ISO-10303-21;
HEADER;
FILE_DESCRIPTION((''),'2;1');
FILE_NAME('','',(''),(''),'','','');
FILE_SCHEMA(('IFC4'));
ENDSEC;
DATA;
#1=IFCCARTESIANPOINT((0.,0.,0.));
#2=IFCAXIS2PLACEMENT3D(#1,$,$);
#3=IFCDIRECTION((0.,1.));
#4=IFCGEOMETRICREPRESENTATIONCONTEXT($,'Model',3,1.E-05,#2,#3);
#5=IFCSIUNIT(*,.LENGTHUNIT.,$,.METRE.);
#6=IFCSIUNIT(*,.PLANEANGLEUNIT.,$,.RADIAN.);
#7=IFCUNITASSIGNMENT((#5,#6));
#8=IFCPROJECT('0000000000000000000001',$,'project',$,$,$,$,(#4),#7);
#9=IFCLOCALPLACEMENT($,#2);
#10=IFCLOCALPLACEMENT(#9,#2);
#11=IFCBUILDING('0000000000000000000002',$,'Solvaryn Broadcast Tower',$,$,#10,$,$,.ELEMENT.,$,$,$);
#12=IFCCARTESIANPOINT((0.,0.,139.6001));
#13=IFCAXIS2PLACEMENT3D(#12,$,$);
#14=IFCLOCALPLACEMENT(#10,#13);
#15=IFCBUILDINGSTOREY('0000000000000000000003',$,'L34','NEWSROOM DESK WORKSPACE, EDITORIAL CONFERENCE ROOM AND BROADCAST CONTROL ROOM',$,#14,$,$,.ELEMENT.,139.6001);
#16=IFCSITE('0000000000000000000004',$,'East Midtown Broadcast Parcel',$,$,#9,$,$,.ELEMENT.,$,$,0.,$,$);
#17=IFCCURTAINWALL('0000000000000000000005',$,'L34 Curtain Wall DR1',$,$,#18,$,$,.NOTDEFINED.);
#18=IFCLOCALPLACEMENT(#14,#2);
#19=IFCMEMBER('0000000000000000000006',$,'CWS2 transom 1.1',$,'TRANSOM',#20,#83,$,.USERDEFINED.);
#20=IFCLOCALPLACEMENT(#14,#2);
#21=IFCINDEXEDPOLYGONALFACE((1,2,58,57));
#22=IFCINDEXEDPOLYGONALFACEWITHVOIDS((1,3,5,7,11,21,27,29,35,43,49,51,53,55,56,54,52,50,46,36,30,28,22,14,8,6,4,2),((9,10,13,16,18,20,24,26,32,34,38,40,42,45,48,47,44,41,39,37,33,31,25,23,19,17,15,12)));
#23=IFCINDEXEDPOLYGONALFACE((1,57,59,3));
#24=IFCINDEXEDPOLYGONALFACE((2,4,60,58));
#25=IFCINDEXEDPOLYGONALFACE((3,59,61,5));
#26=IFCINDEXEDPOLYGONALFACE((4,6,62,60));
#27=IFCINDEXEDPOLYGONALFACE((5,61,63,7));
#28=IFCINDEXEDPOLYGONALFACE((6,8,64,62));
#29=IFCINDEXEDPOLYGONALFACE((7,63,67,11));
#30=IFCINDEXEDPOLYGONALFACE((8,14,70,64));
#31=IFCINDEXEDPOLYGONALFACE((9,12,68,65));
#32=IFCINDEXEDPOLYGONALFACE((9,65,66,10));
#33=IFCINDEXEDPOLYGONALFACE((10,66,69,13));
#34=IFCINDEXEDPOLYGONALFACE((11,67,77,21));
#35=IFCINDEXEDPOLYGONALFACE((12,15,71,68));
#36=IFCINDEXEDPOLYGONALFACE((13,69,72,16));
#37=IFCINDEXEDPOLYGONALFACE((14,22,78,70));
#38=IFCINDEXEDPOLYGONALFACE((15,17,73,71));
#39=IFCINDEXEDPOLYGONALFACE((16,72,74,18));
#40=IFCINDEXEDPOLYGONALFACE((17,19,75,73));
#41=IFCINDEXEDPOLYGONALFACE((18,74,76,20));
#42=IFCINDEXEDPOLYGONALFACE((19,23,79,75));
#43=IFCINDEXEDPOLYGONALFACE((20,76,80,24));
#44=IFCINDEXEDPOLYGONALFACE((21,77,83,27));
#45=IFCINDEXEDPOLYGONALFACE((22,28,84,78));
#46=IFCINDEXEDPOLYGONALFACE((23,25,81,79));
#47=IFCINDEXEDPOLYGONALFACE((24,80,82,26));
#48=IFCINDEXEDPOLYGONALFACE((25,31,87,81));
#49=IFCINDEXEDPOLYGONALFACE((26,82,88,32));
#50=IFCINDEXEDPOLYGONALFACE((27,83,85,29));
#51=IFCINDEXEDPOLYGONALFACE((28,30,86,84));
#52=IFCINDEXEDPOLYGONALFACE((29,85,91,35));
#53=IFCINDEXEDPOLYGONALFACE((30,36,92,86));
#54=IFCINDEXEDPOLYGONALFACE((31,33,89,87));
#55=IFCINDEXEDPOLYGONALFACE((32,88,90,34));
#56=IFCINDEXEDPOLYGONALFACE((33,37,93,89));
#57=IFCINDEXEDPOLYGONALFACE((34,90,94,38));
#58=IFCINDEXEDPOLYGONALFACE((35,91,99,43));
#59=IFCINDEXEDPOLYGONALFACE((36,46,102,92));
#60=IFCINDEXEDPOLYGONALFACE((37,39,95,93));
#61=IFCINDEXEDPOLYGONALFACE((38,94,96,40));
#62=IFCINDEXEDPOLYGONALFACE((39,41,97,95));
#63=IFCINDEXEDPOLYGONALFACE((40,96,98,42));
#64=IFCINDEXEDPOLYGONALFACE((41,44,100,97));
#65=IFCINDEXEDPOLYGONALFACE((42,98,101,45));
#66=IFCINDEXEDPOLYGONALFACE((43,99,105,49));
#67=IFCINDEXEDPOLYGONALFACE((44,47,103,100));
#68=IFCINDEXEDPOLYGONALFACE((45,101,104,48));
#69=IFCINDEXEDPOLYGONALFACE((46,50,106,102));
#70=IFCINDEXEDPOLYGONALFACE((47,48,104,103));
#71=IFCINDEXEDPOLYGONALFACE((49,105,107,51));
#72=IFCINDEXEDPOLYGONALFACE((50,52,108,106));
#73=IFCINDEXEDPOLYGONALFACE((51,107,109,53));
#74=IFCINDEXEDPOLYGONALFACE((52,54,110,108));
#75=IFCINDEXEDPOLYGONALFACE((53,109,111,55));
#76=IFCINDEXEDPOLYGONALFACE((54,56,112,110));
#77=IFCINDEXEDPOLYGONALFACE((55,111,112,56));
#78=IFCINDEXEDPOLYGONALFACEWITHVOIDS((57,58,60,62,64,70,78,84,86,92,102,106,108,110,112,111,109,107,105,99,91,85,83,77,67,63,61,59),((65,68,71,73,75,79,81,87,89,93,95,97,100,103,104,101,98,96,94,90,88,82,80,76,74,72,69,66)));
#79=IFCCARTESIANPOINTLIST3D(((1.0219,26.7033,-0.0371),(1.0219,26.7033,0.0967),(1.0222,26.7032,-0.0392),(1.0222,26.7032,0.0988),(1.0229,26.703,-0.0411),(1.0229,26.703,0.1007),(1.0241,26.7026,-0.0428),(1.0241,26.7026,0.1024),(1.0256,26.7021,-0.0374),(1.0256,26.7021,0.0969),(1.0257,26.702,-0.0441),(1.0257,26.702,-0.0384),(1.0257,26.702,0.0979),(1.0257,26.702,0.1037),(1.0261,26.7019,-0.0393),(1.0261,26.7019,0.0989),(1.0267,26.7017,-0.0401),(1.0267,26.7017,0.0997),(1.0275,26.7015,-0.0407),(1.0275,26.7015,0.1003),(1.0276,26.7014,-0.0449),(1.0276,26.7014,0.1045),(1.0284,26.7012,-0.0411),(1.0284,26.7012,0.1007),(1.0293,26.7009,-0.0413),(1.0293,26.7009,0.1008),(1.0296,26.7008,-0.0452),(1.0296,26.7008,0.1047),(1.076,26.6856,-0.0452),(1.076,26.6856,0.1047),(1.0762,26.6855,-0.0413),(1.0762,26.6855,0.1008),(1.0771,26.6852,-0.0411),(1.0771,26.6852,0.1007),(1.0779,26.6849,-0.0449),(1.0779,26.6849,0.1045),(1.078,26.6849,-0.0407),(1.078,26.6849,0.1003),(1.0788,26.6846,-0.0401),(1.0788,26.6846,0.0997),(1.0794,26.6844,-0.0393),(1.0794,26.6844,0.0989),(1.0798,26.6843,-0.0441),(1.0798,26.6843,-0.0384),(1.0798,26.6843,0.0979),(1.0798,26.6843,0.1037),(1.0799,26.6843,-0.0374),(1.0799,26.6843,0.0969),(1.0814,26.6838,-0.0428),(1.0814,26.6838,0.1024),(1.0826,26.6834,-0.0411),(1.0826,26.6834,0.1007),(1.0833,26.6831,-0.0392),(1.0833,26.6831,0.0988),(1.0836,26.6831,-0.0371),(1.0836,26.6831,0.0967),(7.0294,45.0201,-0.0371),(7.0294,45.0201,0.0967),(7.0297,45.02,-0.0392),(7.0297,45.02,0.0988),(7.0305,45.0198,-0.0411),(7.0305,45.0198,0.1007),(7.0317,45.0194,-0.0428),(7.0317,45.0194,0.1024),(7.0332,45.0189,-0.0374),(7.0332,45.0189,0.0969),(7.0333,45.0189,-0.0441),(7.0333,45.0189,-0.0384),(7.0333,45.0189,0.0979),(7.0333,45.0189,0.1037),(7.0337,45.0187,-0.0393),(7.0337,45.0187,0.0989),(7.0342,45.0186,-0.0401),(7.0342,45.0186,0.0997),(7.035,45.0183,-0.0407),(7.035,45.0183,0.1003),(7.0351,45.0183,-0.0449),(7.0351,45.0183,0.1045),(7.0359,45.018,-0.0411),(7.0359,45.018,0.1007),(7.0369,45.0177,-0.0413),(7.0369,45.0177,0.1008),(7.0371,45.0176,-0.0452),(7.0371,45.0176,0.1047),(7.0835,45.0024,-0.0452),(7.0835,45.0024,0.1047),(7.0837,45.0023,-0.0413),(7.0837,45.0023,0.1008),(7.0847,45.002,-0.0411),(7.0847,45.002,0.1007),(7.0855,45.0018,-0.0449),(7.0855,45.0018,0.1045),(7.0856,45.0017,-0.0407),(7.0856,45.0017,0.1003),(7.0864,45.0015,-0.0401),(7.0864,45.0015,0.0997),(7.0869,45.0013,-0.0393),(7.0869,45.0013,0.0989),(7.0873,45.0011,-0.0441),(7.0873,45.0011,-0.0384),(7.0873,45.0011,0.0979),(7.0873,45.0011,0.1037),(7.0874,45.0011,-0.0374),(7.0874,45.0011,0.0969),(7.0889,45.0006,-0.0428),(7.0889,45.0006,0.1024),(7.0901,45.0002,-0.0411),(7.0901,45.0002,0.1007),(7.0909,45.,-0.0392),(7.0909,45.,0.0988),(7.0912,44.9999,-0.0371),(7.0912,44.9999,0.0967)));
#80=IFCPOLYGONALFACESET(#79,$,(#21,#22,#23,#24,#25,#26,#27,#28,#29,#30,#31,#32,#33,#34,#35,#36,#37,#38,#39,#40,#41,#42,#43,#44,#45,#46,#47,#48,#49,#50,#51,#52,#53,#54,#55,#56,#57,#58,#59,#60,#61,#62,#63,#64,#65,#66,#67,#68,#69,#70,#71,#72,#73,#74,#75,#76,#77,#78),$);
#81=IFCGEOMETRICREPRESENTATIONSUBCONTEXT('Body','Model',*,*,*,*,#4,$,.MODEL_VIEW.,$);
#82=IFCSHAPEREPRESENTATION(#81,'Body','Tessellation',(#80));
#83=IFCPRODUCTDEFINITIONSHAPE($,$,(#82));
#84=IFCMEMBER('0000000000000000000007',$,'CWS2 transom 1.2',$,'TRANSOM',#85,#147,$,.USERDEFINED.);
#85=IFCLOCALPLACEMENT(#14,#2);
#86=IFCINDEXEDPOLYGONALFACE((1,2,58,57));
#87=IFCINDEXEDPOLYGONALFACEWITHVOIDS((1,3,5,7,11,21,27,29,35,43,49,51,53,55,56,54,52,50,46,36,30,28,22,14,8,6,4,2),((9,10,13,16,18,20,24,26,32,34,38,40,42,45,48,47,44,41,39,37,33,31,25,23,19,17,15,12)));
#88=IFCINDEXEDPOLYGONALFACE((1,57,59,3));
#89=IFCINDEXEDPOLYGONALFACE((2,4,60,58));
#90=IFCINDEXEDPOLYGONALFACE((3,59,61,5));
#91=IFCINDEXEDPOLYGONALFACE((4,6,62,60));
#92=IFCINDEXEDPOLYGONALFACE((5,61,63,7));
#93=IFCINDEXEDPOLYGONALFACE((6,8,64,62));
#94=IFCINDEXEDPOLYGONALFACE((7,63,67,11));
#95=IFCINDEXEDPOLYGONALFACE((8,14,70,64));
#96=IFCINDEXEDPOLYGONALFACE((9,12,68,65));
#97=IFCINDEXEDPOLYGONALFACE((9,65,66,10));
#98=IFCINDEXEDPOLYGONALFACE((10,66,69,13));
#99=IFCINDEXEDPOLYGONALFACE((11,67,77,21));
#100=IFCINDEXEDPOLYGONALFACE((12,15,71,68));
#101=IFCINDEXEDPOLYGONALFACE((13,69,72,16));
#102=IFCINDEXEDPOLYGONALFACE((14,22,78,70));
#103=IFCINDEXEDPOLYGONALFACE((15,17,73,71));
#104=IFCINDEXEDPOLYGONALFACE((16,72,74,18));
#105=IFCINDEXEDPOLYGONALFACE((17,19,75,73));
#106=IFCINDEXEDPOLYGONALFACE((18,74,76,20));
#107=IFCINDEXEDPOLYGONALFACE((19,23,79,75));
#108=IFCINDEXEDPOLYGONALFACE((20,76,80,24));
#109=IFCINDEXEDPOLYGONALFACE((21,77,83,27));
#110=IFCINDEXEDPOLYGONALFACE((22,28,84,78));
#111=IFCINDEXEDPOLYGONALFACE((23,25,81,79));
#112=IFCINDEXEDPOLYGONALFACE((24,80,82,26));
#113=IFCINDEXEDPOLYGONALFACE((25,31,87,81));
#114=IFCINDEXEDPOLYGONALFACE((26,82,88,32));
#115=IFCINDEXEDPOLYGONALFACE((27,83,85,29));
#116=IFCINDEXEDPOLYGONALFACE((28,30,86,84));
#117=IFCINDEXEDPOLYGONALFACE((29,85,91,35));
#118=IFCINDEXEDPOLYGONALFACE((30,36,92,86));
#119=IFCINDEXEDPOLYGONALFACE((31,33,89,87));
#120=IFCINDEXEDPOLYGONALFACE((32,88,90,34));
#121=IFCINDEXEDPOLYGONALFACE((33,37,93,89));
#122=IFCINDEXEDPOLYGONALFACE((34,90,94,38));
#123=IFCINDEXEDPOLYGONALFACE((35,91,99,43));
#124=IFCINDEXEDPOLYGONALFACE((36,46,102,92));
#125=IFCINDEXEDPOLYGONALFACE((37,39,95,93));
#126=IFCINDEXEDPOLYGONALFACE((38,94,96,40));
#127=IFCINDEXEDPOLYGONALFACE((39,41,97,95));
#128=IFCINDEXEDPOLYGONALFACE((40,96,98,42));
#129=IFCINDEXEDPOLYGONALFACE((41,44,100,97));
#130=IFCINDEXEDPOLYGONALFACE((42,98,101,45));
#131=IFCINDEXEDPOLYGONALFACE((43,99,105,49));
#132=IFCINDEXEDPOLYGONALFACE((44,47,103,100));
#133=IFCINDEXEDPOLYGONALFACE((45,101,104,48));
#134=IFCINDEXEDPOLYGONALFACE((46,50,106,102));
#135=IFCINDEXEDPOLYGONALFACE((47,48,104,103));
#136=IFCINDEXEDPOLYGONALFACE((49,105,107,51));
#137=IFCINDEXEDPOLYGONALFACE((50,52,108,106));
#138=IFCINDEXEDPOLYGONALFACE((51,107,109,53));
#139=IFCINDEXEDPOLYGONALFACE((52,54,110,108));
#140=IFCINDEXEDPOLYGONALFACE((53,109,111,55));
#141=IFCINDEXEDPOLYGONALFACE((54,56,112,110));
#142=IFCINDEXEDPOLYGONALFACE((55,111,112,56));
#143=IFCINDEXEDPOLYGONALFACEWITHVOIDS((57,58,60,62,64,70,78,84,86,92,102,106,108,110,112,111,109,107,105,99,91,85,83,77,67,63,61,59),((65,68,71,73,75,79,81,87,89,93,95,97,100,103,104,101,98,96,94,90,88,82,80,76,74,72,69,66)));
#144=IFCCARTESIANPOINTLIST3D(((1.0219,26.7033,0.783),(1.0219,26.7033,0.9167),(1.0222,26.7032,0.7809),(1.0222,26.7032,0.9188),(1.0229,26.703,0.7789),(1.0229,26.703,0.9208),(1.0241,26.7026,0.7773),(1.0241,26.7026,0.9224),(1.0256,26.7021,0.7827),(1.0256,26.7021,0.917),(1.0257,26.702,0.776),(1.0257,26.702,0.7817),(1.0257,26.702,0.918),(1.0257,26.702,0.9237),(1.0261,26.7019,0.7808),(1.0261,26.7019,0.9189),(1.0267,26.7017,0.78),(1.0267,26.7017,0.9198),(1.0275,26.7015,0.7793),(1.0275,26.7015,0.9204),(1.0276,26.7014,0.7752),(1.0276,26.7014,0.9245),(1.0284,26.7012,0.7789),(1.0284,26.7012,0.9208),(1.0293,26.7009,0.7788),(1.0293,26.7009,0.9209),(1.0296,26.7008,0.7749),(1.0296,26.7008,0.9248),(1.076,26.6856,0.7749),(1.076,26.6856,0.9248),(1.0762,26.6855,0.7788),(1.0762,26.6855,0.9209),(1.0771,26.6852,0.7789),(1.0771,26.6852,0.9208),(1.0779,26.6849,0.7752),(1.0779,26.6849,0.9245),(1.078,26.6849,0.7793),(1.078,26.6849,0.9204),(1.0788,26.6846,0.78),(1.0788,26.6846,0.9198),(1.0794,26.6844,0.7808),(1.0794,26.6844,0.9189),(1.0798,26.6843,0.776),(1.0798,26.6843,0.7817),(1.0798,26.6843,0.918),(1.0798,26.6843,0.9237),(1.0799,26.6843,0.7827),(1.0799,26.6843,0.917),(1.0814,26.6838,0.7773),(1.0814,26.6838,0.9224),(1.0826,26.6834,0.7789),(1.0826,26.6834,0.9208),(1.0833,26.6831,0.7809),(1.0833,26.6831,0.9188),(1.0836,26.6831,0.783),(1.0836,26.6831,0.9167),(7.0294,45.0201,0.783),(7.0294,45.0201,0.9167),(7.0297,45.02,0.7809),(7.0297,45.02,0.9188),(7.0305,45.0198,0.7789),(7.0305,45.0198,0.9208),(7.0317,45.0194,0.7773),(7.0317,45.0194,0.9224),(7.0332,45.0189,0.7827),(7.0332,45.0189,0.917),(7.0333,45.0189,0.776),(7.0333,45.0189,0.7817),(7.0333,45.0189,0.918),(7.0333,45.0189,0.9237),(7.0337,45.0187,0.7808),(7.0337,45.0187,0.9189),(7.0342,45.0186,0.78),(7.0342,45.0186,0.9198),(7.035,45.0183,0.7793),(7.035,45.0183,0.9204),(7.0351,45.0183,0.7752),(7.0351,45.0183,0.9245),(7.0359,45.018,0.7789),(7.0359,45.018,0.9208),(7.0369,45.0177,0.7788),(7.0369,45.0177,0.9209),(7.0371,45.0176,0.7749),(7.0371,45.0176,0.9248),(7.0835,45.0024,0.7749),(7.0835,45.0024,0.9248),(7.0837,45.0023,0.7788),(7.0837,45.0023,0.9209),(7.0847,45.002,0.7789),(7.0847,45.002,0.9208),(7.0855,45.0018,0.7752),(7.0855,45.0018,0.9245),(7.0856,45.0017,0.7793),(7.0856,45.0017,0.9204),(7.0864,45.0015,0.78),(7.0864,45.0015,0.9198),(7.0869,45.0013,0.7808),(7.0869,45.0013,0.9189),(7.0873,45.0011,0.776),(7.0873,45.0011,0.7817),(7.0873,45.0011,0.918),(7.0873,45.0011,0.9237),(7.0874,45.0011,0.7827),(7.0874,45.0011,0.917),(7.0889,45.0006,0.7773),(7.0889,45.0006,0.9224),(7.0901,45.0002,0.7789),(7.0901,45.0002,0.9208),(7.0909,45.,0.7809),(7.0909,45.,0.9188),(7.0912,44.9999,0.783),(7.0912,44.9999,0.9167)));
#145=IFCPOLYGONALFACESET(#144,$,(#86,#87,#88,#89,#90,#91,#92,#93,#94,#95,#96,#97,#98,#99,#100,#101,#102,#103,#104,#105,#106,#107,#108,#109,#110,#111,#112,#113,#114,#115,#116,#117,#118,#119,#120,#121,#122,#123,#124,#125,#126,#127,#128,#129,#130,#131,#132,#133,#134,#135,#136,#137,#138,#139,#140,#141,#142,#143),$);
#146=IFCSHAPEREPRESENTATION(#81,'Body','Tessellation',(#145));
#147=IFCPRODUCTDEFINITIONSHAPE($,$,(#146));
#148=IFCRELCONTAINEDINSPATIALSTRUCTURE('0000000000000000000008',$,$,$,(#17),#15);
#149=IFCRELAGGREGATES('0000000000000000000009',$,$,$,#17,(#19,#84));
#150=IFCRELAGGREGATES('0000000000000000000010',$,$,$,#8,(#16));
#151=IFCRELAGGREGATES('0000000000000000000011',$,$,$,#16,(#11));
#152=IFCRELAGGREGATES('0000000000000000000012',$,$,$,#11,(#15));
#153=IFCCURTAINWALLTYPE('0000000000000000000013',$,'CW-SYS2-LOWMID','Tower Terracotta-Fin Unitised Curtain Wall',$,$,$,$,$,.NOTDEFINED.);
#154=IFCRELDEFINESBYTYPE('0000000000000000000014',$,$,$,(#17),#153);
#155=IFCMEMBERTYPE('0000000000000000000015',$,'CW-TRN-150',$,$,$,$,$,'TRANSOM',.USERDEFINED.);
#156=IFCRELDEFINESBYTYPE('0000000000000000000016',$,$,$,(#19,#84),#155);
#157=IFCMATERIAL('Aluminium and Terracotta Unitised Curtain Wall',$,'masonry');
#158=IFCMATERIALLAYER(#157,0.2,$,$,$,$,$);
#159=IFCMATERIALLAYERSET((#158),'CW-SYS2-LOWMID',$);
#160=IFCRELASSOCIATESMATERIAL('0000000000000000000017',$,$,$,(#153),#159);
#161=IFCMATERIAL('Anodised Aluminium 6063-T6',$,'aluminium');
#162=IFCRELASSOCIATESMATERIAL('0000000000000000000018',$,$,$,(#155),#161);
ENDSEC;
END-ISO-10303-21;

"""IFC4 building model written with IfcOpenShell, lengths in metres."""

from ifc_helpers import new_model, si_unit, direction, frame, origin, origin_2d, place, context, subcontext, project, spatial, hollow_rectangle, extrude, material, layer, layer_set, material_profile, profile_set, type_object, element, aggregate, save


model = new_model("IFC4")

# Units and contexts
model_context = context("Model", 3, precision=1e-05, world=origin(), true_north=direction((0.0, 1.0)))
body_context = subcontext(model_context, "Body", "Model", "MODEL_VIEW")
ifc_project = project(units=[si_unit("LENGTHUNIT", "METRE"), si_unit("PLANEANGLEUNIT", "RADIAN")], contexts=[model_context])

# Site, building, storey
site_placement = place(None, origin())
site = spatial("IfcSite", under=ifc_project, at=site_placement, Name="East Midtown Broadcast Parcel", CompositionType="ELEMENT", RefElevation=0.0)
building_placement = place(site_placement, origin())
building = spatial("IfcBuilding", under=site, at=building_placement, Name="Solvaryn Broadcast Tower", CompositionType="ELEMENT")
storey_placement = place(building_placement, frame((0.0, 0.0, 139.6001)))
storey = spatial("IfcBuildingStorey", under=building, at=storey_placement, Name="L34", Description="NEWSROOM DESK WORKSPACE, EDITORIAL CONFERENCE ROOM AND BROADCAST CONTROL ROOM", CompositionType="ELEMENT", Elevation=139.6001)

# Curtain wall
ifc_material_1 = material(Name="Aluminium and Terracotta Unitised Curtain Wall", Category="masonry")
ifc_layer_1 = layer(ifc_material_1, 0.2)
ifc_layer_set_1 = layer_set([ifc_layer_1], Name="CW-SYS2-LOWMID")
curtain_wall_type = type_object("IfcCurtainWallType", Name="CW-SYS2-LOWMID", Description="Tower Terracotta-Fin Unitised Curtain Wall", PredefinedType="NOTDEFINED", material=ifc_layer_set_1)
curtain_wall_1_placement = place(storey_placement, origin())
curtain_wall_1 = element("IfcCurtainWall", 1, at=curtain_wall_1_placement, inside=storey, type_object=curtain_wall_type, Name="L34 Curtain Wall DR1", PredefinedType="NOTDEFINED")

# Members
ifc_material_2 = material(Name="Anodised Aluminium 6063-T6", Category="aluminium")
ifc_material_profile_1 = material_profile(ifc_material_2, hollow_rectangle(XDim=0.0649, YDim=0.1499, WallThickness=0.0039, InnerFilletRadius=0.0039, OuterFilletRadius=0.0081, at=origin_2d()))
ifc_profile_set_1 = profile_set([ifc_material_profile_1], Name="Anodised Aluminium 6063-T6")
member_type_1 = type_object("IfcMemberType", Name="CW-TRN-150", ElementType="TRANSOM", PredefinedType="USERDEFINED", material=ifc_profile_set_1)
member_1_placement = place(storey_placement, frame((7.0603, 45.01, 0.0298), z_axis=(-0.311646, -0.950198, 0.0), x_axis=(0.950198, -0.311646, 0.0)))
member_1 = element("IfcMember", 2, at=member_1_placement, type_object=member_type_1, Name="CWS2 transom 1.1", ObjectType="TRANSOM", PredefinedType="USERDEFINED", context=body_context, shape_type="SweptSolid", body=[
    extrude(hollow_rectangle(XDim=0.0649, YDim=0.1499, WallThickness=0.0039, InnerFilletRadius=0.0039, OuterFilletRadius=0.0081, at=origin_2d()), origin(), (0.0, 0.0, 1.0), 19.2769),
])
member_2_placement = place(storey_placement, frame((7.0603, 45.01, 0.8499), z_axis=(-0.311646, -0.950198, 0.0), x_axis=(0.950198, -0.311646, 0.0)))
member_2 = element("IfcMember", 3, at=member_2_placement, type_object=member_type_1, Name="CWS2 transom 1.2", ObjectType="TRANSOM", PredefinedType="USERDEFINED", context=body_context, shape_type="SweptSolid", body=[
    extrude(hollow_rectangle(XDim=0.0649, YDim=0.1499, WallThickness=0.0039, InnerFilletRadius=0.0039, OuterFilletRadius=0.0081, at=origin_2d()), origin(), (0.0, 0.0, 1.0), 19.2769),
])
aggregate(curtain_wall_1, [member_1, member_2])

save(model, "model.ifc")
